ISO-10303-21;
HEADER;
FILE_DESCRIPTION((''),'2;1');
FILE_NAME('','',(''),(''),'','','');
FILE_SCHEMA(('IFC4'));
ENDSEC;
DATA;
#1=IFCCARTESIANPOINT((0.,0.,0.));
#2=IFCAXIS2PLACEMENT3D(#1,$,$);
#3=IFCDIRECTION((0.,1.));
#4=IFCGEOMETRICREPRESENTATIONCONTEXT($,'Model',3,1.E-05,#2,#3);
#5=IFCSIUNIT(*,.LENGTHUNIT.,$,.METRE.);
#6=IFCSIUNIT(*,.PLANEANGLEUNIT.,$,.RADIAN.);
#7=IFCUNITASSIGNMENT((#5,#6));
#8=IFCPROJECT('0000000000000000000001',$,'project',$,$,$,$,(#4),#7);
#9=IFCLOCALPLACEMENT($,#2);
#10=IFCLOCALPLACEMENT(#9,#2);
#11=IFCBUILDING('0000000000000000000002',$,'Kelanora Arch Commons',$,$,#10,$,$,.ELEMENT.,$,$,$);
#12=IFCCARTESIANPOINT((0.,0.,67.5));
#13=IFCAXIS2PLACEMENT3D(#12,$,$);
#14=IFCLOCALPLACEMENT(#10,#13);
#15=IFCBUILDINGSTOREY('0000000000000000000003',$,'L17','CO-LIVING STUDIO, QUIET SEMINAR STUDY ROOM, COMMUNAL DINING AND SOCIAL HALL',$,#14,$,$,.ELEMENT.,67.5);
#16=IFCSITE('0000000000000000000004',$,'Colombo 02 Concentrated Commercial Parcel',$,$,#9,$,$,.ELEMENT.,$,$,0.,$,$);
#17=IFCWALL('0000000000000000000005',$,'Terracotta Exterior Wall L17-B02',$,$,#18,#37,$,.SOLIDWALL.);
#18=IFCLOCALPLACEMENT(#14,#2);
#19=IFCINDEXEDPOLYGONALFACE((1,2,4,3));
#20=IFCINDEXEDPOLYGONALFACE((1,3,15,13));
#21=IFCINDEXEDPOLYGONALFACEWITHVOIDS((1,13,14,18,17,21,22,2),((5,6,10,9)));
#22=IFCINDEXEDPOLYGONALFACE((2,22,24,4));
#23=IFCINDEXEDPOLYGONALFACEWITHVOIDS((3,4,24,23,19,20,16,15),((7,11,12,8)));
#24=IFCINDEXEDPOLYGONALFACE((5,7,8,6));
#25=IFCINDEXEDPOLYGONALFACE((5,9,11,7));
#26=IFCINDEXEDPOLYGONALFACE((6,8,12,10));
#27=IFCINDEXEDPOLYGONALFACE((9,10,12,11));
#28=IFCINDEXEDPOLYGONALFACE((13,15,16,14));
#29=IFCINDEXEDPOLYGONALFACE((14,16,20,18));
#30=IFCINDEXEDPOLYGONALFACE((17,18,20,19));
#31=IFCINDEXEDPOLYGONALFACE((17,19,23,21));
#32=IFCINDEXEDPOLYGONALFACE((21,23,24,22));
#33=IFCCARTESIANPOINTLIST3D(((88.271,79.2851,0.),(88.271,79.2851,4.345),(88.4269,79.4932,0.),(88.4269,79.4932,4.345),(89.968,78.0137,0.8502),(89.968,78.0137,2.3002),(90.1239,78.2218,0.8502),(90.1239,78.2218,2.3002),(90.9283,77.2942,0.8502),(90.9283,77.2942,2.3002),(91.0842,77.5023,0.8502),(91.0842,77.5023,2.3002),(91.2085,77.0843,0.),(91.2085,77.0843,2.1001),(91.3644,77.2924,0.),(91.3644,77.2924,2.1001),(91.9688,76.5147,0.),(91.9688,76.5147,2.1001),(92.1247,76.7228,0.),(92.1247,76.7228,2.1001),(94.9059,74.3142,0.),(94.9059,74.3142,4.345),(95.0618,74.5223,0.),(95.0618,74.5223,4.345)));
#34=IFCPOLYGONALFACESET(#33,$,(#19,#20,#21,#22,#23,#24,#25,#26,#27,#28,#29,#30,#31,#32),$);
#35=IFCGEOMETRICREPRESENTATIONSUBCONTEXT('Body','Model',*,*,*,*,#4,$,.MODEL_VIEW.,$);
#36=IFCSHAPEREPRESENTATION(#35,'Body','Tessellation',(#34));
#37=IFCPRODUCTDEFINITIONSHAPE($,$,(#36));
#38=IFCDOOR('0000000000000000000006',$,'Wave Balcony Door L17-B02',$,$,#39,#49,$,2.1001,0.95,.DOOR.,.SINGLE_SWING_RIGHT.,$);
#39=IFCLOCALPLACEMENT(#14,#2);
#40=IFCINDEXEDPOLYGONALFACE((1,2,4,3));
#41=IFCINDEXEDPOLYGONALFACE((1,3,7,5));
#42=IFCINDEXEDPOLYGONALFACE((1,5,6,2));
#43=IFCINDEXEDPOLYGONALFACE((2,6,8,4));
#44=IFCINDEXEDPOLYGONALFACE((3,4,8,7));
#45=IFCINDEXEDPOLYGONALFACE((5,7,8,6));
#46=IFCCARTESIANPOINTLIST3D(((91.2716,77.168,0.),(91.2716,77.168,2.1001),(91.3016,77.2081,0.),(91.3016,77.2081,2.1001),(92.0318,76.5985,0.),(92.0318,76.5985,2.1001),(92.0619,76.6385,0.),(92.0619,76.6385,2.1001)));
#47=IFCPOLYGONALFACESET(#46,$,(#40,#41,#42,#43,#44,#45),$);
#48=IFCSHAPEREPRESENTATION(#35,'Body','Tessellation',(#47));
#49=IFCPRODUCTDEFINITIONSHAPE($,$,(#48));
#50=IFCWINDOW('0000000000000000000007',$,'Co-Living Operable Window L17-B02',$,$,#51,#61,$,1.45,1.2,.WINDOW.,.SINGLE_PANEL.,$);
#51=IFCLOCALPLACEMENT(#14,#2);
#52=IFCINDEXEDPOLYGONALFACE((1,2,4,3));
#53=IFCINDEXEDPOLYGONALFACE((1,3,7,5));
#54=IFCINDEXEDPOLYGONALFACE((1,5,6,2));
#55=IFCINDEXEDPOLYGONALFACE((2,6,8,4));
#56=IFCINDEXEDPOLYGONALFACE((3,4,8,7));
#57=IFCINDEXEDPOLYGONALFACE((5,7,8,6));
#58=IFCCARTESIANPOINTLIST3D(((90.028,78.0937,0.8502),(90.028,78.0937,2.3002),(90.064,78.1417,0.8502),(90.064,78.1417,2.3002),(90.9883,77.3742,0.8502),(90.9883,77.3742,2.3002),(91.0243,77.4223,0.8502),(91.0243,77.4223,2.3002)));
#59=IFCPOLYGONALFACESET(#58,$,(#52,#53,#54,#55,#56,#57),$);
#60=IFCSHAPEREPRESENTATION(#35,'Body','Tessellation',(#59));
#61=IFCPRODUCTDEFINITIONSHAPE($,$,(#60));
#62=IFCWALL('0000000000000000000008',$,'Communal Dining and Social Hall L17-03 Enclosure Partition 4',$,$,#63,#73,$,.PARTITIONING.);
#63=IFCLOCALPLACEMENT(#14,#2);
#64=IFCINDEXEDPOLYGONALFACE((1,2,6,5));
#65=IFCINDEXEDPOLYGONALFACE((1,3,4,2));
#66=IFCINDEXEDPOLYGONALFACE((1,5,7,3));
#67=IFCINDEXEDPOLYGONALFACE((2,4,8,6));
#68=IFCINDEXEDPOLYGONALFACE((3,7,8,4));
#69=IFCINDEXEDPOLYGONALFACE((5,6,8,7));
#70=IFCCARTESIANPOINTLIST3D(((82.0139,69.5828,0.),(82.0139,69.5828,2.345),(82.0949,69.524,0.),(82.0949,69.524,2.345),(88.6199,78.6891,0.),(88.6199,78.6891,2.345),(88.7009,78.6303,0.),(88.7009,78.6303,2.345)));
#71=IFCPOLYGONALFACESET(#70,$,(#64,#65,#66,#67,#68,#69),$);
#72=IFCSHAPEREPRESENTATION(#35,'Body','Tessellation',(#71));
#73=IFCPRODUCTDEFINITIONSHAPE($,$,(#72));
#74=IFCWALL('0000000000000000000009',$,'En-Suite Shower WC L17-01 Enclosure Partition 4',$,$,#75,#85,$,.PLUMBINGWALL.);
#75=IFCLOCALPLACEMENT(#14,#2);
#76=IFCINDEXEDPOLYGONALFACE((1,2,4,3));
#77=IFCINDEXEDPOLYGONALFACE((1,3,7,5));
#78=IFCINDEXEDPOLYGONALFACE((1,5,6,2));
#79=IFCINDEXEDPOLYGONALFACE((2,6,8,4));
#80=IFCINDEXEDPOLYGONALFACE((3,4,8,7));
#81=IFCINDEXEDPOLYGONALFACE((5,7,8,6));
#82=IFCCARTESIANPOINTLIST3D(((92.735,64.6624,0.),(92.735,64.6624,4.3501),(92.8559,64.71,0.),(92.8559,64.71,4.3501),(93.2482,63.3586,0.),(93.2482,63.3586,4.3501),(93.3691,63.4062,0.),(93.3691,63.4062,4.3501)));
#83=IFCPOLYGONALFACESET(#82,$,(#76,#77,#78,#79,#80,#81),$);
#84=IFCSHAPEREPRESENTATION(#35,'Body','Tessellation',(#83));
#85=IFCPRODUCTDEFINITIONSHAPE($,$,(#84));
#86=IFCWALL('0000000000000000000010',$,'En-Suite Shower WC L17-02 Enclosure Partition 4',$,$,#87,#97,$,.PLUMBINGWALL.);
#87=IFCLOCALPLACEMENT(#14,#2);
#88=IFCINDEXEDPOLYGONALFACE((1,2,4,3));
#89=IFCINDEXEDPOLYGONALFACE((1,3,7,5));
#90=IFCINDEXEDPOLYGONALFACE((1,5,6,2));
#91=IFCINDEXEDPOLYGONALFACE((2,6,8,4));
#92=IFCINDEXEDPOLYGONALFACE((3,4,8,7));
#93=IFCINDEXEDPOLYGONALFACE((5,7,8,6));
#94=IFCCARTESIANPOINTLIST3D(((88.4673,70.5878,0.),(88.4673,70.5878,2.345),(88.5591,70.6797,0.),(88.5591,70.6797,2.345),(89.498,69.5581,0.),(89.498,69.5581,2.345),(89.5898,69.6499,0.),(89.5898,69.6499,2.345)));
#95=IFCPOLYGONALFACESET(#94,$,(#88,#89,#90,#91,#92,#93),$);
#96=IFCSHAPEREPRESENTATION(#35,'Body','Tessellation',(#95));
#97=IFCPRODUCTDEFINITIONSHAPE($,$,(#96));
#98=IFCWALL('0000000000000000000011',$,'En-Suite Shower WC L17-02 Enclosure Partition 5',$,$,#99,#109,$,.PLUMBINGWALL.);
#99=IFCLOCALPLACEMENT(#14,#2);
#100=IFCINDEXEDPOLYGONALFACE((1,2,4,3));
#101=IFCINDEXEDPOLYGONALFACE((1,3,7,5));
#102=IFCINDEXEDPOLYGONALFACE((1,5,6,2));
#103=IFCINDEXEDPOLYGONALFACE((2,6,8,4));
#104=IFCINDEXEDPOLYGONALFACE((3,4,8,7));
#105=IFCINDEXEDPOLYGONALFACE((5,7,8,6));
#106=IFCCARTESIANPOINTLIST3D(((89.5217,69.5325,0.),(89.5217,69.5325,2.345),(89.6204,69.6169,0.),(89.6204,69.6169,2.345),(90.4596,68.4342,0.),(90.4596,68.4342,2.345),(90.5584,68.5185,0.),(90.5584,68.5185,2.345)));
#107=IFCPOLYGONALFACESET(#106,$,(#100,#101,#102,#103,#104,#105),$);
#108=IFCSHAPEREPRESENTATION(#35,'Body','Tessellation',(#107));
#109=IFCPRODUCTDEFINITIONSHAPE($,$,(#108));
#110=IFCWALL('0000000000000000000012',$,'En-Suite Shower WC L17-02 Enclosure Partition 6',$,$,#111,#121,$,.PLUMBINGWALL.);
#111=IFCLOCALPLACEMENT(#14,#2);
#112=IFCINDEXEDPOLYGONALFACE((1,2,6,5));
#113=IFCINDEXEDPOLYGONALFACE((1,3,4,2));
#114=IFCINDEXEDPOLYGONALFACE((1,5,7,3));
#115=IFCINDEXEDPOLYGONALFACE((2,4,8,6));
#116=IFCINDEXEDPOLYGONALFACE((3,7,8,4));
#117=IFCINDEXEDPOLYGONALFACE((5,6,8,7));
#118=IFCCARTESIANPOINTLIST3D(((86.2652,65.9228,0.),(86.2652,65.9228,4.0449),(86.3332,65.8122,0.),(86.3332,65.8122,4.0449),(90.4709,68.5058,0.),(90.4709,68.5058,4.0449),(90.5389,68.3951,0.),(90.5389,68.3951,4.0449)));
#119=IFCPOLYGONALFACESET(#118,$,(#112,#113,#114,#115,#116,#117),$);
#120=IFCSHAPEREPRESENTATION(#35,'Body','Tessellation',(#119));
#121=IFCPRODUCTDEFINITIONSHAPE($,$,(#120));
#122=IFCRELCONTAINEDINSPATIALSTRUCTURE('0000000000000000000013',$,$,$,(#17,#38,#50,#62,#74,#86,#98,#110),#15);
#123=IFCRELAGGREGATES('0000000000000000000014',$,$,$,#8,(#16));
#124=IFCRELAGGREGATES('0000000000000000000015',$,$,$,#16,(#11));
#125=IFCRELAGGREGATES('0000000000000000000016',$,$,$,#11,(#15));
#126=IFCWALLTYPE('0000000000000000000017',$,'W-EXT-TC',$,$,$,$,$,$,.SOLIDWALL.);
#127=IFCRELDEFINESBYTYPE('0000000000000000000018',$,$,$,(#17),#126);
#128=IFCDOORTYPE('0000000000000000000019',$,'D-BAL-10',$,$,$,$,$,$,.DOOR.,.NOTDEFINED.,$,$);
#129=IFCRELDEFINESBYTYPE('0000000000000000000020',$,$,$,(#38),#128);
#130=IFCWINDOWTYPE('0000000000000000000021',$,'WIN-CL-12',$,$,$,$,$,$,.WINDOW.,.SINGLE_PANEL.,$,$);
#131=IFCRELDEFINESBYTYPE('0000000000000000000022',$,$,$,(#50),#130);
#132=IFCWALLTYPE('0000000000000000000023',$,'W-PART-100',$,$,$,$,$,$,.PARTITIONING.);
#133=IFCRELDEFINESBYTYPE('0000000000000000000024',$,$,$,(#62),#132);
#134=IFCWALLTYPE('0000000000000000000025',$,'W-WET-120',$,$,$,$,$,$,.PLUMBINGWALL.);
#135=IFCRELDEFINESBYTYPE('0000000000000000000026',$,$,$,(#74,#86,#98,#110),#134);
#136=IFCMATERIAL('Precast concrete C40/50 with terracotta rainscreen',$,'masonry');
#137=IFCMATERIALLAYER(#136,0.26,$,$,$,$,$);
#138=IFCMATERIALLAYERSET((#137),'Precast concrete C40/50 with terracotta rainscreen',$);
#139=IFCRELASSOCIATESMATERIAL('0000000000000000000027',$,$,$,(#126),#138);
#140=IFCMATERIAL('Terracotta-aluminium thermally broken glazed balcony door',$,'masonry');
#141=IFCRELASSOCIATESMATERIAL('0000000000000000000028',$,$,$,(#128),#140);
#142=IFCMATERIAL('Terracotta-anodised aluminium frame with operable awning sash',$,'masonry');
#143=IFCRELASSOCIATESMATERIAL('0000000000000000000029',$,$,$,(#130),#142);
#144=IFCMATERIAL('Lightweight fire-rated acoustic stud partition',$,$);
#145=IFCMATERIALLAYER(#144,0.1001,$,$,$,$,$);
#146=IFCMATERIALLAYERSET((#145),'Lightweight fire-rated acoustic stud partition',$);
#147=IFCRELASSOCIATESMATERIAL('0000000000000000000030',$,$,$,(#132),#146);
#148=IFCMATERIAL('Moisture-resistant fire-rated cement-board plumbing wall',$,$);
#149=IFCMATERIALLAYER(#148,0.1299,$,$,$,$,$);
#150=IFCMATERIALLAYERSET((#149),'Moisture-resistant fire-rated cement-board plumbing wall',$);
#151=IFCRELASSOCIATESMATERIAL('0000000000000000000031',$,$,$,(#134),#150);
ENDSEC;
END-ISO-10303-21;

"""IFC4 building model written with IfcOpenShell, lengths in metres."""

from ifc_helpers import new_model, si_unit, direction, frame, frame_2d, origin, place, context, subcontext, project, spatial, rectangle, extrude, material, layer, layer_set, type_object, element, fill, save


model = new_model("IFC4")

# Units and contexts
model_context = context("Model", 3, precision=1e-05, world=origin(), true_north=direction((0.0, 1.0)))
body_context = subcontext(model_context, "Body", "Model", "MODEL_VIEW")
ifc_project = project(units=[si_unit("LENGTHUNIT", "METRE"), si_unit("PLANEANGLEUNIT", "RADIAN")], contexts=[model_context])

# Site, building, storey
site_placement = place(None, origin())
site = spatial("IfcSite", under=ifc_project, at=site_placement, Name="Colombo 02 Concentrated Commercial Parcel", CompositionType="ELEMENT", RefElevation=0.0)
building_placement = place(site_placement, origin())
building = spatial("IfcBuilding", under=site, at=building_placement, Name="Kelanora Arch Commons", CompositionType="ELEMENT")
storey_placement = place(building_placement, frame((0.0, 0.0, 67.5)))
storey = spatial("IfcBuildingStorey", under=building, at=storey_placement, Name="L17", Description="CO-LIVING STUDIO, QUIET SEMINAR STUDY ROOM, COMMUNAL DINING AND SOCIAL HALL", CompositionType="ELEMENT", Elevation=67.5)

# Wall, openings, door, window
ifc_material_1 = material(Name="Precast concrete C40/50 with terracotta rainscreen", Category="masonry")
ifc_layer_1 = layer(ifc_material_1, 0.26)
ifc_layer_set_1 = layer_set([ifc_layer_1], Name="Precast concrete C40/50 with terracotta rainscreen")
wall_type_1 = type_object("IfcWallType", Name="W-EXT-TC", PredefinedType="SOLIDWALL", material=ifc_layer_set_1)
ifc_material_2 = material(Name="Terracotta-aluminium thermally broken glazed balcony door", Category="masonry")
door_type = type_object("IfcDoorType", Name="D-BAL-10", OperationType="NOTDEFINED", PredefinedType="DOOR", material=ifc_material_2)
ifc_material_3 = material(Name="Terracotta-anodised aluminium frame with operable awning sash", Category="masonry")
window_type = type_object("IfcWindowType", Name="WIN-CL-12", PartitioningType="SINGLE_PANEL", PredefinedType="WINDOW", material=ifc_material_3)
wall_1_placement = place(storey_placement, frame((94.9839, 74.4182, 0.0), z_axis=(0.0, 0.0, 1.0), x_axis=(-0.800307, 0.59959, 0.0)))
wall_1 = element("IfcWall", 1, at=wall_1_placement, inside=storey, type_object=wall_type_1, Name="Terracotta Exterior Wall L17-B02", PredefinedType="SOLIDWALL", context=body_context, shape_type="SweptSolid", body=[
    extrude(rectangle(XDim=8.2905, YDim=0.26, at=frame_2d((4.1453, 0.0))), origin(), (0.0, 0.0, 1.0), 4.345),
])
opening_1_placement = place(wall_1_placement, frame((3.6699, 0.0, 0.0)))
opening_1 = element("IfcOpeningElement", 2, at=opening_1_placement, cuts=wall_1, PredefinedType="OPENING", context=body_context, shape_type="SweptSolid", body=[
    extrude(rectangle(XDim=0.95, YDim=2.1001, at=frame_2d((0.4751, 1.05))), frame((0.0, 0.1401, 0.0), z_axis=(0.0, -1.0, 0.0), x_axis=(1.0, 0.0, 0.0)), (0.0, 0.0, 1.0), 0.28),
])
opening_2_placement = place(wall_1_placement, frame((4.97, 0.0, 0.8501)))
opening_2 = element("IfcOpeningElement", 3, at=opening_2_placement, cuts=wall_1, PredefinedType="OPENING", context=body_context, shape_type="SweptSolid", body=[
    extrude(rectangle(XDim=1.2, YDim=1.45, at=frame_2d((0.6001, 0.7251))), frame((0.0, 0.1401, 0.0), z_axis=(0.0, -1.0, 0.0), x_axis=(1.0, 0.0, 0.0)), (0.0, 0.0, 1.0), 0.28),
])
door_1_placement = place(opening_1_placement, frame((0.95, 0.0, 0.0), z_axis=(0.0, 0.0, 1.0), x_axis=(-1.0, 0.0, 0.0)))
door_1 = element("IfcDoor", 4, at=door_1_placement, inside=storey, type_object=door_type, Name="Wave Balcony Door L17-B02", OperationType="SINGLE_SWING_RIGHT", OverallHeight=2.1001, OverallWidth=0.95, PredefinedType="DOOR", context=body_context, shape_type="SweptSolid", body=[
    extrude(rectangle(XDim=0.95, YDim=2.1001, at=frame_2d((0.4751, 1.05))), frame((0.0, 0.0249, 0.0), z_axis=(0.0, -1.0, 0.0), x_axis=(1.0, 0.0, 0.0)), (0.0, 0.0, 1.0), 0.05),
])
fill(opening_1, door_1)
window_1_placement = place(opening_2_placement, origin())
window_1 = element("IfcWindow", 5, at=window_1_placement, inside=storey, type_object=window_type, Name="Co-Living Operable Window L17-B02", OverallHeight=1.45, OverallWidth=1.2, PartitioningType="SINGLE_PANEL", PredefinedType="WINDOW", context=body_context, shape_type="SweptSolid", body=[
    extrude(rectangle(XDim=1.2, YDim=1.45, at=frame_2d((0.6001, 0.7251))), frame((0.0, 0.03, 0.0), z_axis=(0.0, -1.0, 0.0), x_axis=(1.0, 0.0, 0.0)), (0.0, 0.0, 1.0), 0.0601),
])
fill(opening_2, window_1)

# Walls
ifc_material_4 = material(Name="Lightweight fire-rated acoustic stud partition")
ifc_layer_2 = layer(ifc_material_4, 0.1001)
ifc_layer_set_2 = layer_set([ifc_layer_2], Name="Lightweight fire-rated acoustic stud partition")
wall_type_2 = type_object("IfcWallType", Name="W-PART-100", PredefinedType="PARTITIONING", material=ifc_layer_set_2)
wall_2_placement = place(storey_placement, frame((88.6604, 78.6597, 0.0), z_axis=(0.0, 0.0, 1.0), x_axis=(-0.587198, -0.809443, 0.0)))
element("IfcWall", 6, at=wall_2_placement, inside=storey, type_object=wall_type_2, Name="Communal Dining and Social Hall L17-03 Enclosure Partition 4", PredefinedType="PARTITIONING", context=body_context, shape_type="SweptSolid", body=[
    extrude(rectangle(XDim=11.25, YDim=0.1001, at=frame_2d((5.625, 0.0))), origin(), (0.0, 0.0, 1.0), 2.345),
])
ifc_material_5 = material(Name="Moisture-resistant fire-rated cement-board plumbing wall")
ifc_layer_3 = layer(ifc_material_5, 0.1299)
ifc_layer_set_3 = layer_set([ifc_layer_3], Name="Moisture-resistant fire-rated cement-board plumbing wall")
wall_type_3 = type_object("IfcWallType", Name="W-WET-120", PredefinedType="PLUMBINGWALL", material=ifc_layer_set_3)
wall_3_placement = place(storey_placement, frame((92.7954, 64.6863, 0.0), z_axis=(0.0, 0.0, 1.0), x_axis=(0.366278, -0.930506, 0.0)))
element("IfcWall", 7, at=wall_3_placement, inside=storey, type_object=wall_type_3, Name="En-Suite Shower WC L17-01 Enclosure Partition 4", PredefinedType="PLUMBINGWALL", context=body_context, shape_type="SweptSolid", body=[
    extrude(rectangle(XDim=1.4011, YDim=0.1299, at=frame_2d((0.7007, 0.0))), origin(), (0.0, 0.0, 1.0), 4.3501),
])
wall_4_placement = place(storey_placement, frame((88.5132, 70.6338, 0.0), z_axis=(0.0, 0.0, 1.0), x_axis=(0.707442, -0.706772, 0.0)))
element("IfcWall", 8, at=wall_4_placement, inside=storey, type_object=wall_type_3, Name="En-Suite Shower WC L17-02 Enclosure Partition 4", PredefinedType="PLUMBINGWALL", context=body_context, shape_type="SweptSolid", body=[
    extrude(rectangle(XDim=1.457, YDim=0.1299, at=frame_2d((0.7285, 0.0))), origin(), (0.0, 0.0, 1.0), 2.345),
])
wall_5_placement = place(storey_placement, frame((89.571, 69.5747, 0.0), z_axis=(0.0, 0.0, 1.0), x_axis=(0.649398, -0.760448, 0.0)))
element("IfcWall", 9, at=wall_5_placement, inside=storey, type_object=wall_type_3, Name="En-Suite Shower WC L17-02 Enclosure Partition 5", PredefinedType="PLUMBINGWALL", context=body_context, shape_type="SweptSolid", body=[
    extrude(rectangle(XDim=1.4443, YDim=0.1299, at=frame_2d((0.7222, 0.0))), origin(), (0.0, 0.0, 1.0), 2.345),
])
wall_6_placement = place(storey_placement, frame((90.5049, 68.4504, 0.0), z_axis=(0.0, 0.0, 1.0), x_axis=(-0.852127, -0.523336, 0.0)))
element("IfcWall", 10, at=wall_6_placement, inside=storey, type_object=wall_type_3, Name="En-Suite Shower WC L17-02 Enclosure Partition 6", PredefinedType="PLUMBINGWALL", context=body_context, shape_type="SweptSolid", body=[
    extrude(rectangle(XDim=4.9355, YDim=0.1299, at=frame_2d((2.4678, 0.0))), origin(), (0.0, 0.0, 1.0), 4.0449),
])

save(model, "model.ifc")
